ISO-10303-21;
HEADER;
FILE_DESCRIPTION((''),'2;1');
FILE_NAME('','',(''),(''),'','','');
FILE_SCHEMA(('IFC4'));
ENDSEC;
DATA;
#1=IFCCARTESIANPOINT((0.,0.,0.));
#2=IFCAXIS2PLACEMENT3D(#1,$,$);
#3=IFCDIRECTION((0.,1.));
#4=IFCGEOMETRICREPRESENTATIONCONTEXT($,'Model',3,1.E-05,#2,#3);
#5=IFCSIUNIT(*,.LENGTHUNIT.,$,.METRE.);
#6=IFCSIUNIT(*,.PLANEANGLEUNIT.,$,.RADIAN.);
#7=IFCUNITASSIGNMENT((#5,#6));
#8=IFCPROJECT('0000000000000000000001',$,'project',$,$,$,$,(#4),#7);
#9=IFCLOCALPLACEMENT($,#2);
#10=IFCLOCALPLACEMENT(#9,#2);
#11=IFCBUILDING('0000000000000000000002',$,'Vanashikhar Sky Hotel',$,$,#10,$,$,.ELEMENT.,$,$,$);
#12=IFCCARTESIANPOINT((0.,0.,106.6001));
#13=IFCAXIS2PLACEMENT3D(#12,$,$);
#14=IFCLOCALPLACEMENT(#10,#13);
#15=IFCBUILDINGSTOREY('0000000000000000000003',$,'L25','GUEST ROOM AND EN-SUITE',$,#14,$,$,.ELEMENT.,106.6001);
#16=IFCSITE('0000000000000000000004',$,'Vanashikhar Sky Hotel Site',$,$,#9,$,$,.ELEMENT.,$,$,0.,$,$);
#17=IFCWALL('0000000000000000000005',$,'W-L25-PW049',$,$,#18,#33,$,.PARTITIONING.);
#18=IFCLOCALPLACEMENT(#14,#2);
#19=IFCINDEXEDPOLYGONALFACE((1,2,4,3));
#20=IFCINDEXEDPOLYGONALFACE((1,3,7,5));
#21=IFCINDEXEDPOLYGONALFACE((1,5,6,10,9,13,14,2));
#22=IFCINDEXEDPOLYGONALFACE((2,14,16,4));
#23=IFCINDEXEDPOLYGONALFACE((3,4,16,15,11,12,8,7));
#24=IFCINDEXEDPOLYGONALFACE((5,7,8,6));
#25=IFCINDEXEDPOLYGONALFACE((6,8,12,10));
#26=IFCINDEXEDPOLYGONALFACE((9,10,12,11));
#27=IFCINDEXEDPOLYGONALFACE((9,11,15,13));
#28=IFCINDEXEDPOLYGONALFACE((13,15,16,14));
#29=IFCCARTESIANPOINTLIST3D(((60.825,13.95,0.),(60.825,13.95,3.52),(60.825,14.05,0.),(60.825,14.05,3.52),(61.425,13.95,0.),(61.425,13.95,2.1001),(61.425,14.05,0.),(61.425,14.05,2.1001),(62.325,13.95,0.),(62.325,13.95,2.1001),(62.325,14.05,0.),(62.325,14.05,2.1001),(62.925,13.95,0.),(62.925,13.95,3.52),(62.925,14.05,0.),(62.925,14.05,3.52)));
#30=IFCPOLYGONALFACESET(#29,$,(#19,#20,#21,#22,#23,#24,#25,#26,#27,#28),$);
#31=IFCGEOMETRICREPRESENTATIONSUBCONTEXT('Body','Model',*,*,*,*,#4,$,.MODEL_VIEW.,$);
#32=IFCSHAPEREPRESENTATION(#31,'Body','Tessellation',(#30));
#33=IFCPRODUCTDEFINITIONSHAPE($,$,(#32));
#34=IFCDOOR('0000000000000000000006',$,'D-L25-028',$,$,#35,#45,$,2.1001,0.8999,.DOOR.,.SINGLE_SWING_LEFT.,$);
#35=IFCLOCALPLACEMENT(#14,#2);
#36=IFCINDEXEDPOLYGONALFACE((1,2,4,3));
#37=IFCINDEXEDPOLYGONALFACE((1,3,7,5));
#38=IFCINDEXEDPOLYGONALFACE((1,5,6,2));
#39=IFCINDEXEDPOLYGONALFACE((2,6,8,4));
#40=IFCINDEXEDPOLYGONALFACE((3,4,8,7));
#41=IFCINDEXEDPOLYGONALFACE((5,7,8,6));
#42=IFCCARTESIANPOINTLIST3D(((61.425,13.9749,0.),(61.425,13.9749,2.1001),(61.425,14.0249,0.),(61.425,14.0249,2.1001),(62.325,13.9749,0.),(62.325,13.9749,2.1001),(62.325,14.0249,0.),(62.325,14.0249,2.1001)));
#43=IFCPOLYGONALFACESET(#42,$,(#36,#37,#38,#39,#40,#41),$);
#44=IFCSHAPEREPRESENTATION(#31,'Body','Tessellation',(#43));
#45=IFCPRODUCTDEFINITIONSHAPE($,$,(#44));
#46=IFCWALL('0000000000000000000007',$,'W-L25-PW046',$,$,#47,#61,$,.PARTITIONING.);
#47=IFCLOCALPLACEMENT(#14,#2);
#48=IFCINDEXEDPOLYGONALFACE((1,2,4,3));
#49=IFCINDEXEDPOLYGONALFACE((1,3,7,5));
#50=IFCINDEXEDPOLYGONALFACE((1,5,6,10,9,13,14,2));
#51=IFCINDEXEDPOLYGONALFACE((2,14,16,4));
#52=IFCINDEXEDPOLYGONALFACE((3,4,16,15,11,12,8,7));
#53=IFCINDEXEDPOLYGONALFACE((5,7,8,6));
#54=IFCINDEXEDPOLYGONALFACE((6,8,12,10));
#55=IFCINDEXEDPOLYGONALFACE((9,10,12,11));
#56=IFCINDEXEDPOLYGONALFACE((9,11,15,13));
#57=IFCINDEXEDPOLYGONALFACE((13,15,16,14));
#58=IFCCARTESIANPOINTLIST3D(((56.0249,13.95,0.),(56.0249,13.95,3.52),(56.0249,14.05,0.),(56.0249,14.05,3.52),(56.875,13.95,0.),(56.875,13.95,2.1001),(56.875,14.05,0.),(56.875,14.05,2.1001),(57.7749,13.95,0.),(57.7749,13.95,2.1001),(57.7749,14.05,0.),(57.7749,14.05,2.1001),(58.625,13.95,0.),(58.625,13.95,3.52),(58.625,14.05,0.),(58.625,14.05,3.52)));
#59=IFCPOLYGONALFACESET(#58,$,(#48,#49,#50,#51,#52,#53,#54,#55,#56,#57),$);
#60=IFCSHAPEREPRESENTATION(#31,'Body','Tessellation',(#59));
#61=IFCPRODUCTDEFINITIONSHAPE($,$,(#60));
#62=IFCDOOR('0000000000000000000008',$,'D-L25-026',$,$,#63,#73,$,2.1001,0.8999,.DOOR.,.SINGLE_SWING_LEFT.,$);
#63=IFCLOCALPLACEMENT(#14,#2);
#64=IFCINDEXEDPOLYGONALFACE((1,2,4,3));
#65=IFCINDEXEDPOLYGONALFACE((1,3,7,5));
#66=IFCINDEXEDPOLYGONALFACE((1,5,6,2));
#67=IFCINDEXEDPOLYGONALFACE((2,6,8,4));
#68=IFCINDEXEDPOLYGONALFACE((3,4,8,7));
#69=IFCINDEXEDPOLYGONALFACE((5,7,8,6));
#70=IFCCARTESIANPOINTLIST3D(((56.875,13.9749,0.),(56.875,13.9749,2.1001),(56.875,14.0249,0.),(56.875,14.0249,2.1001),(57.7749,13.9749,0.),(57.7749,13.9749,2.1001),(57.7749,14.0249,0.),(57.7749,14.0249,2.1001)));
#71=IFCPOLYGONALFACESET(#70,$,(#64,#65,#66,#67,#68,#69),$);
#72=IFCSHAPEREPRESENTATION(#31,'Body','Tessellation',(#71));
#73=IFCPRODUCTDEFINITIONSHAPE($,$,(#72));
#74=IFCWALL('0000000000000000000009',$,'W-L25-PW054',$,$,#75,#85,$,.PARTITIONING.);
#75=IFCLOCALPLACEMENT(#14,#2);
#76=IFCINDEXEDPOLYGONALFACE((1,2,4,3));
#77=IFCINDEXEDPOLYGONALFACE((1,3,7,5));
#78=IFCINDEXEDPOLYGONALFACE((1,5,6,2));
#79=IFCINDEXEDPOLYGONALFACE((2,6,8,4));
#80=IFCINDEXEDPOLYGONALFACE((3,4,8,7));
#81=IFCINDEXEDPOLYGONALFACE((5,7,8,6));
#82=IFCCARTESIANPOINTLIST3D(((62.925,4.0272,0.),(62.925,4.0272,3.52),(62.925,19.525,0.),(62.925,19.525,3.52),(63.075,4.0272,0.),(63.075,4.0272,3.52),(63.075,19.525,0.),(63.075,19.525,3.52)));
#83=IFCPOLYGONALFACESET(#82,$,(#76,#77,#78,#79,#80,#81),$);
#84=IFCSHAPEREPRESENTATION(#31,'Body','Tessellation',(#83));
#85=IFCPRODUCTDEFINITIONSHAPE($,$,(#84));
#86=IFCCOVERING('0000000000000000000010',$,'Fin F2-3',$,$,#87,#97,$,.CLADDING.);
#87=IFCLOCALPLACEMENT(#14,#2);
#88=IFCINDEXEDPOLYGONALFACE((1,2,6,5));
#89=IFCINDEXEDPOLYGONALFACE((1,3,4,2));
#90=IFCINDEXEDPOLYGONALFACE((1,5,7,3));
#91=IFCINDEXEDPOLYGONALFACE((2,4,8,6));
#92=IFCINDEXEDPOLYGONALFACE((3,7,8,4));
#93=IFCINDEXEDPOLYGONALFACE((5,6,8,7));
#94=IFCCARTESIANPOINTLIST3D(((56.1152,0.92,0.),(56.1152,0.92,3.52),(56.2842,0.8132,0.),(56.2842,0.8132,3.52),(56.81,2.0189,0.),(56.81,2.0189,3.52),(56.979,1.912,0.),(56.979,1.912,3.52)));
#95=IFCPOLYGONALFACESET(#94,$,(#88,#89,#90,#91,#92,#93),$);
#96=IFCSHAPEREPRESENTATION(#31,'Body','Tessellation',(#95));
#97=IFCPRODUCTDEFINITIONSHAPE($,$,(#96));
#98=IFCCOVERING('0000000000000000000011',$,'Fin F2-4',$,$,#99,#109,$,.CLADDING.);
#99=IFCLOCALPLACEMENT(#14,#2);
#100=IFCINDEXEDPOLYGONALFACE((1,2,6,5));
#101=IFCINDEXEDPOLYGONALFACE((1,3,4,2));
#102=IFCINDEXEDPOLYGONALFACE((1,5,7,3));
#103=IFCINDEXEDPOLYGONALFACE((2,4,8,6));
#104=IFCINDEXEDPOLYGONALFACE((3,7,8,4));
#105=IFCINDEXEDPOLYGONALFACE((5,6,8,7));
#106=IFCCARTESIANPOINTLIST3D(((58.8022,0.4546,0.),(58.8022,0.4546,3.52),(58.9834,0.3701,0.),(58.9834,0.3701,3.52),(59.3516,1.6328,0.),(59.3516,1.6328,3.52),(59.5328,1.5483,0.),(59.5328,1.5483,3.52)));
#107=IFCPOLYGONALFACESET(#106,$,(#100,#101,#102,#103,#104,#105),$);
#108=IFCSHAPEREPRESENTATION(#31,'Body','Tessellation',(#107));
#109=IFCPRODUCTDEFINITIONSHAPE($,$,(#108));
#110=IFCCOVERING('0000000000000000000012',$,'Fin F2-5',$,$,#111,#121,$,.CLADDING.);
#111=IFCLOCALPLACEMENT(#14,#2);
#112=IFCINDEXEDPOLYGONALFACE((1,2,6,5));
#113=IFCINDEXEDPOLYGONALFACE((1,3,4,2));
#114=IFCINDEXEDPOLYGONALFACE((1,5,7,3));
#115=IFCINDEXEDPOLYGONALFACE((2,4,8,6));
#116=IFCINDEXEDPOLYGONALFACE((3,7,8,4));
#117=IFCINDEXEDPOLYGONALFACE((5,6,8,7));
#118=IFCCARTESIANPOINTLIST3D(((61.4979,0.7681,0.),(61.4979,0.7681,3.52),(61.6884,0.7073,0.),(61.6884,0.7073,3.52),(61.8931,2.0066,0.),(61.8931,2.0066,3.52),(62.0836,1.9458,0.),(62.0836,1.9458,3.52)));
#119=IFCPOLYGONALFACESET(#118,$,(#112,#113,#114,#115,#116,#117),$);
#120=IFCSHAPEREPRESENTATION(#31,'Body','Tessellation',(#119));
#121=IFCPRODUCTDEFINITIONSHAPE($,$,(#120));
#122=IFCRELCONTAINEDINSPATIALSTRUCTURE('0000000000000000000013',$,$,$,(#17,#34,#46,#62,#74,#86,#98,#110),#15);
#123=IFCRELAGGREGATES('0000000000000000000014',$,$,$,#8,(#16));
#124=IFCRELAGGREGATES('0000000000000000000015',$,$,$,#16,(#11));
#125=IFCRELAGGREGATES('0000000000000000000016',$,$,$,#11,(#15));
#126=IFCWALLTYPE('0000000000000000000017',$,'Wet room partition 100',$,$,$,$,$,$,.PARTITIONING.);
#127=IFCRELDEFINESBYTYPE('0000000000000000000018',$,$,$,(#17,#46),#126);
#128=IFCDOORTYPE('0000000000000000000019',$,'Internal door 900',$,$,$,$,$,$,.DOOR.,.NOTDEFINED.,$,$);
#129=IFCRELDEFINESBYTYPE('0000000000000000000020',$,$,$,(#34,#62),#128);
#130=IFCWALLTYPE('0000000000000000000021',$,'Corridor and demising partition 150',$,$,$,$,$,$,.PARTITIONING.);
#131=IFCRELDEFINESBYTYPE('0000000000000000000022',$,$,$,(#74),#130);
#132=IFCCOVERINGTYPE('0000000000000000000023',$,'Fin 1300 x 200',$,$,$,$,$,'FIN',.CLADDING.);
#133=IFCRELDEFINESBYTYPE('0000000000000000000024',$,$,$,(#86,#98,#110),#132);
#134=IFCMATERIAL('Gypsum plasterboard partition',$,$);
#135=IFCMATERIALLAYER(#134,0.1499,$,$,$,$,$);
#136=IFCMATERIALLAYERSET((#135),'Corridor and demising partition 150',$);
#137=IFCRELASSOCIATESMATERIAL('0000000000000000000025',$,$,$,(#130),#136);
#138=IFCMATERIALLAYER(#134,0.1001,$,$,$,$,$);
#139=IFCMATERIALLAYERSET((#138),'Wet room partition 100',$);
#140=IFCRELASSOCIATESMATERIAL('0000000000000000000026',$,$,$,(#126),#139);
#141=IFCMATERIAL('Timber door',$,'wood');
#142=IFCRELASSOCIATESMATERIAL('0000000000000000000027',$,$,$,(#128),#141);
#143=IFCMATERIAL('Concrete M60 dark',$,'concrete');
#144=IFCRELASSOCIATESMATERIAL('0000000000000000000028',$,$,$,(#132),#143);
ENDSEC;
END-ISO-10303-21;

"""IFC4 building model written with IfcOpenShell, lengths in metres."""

from ifc_helpers import new_model, si_unit, direction, frame, frame_2d, origin, origin_2d, place, context, subcontext, project, spatial, rectangle, extrude, source, transform, mapped, material, layer, layer_set, material_profile, profile_set, type_object, element, fill, save


model = new_model("IFC4")

# Units and contexts
model_context = context("Model", 3, precision=1e-05, world=origin(), true_north=direction((0.0, 1.0)))
body_context = subcontext(model_context, "Body", "Model", "MODEL_VIEW")
ifc_project = project(units=[si_unit("LENGTHUNIT", "METRE"), si_unit("PLANEANGLEUNIT", "RADIAN")], contexts=[model_context])

# Site, building, storey
site_placement = place(None, origin())
site = spatial("IfcSite", under=ifc_project, at=site_placement, Name="Vanashikhar Sky Hotel Site", CompositionType="ELEMENT", RefElevation=0.0)
building_placement = place(site_placement, origin())
building = spatial("IfcBuilding", under=site, at=building_placement, Name="Vanashikhar Sky Hotel", CompositionType="ELEMENT")
storey_placement = place(building_placement, frame((0.0, 0.0, 106.6001)))
storey = spatial("IfcBuildingStorey", under=building, at=storey_placement, Name="L25", Description="GUEST ROOM AND EN-SUITE", CompositionType="ELEMENT", Elevation=106.6001)

# Shared definitions
ifc_material_1 = material(Name="Gypsum plasterboard partition")
ifc_layer_1 = layer(ifc_material_1, 0.1499)
ifc_layer_set_1 = layer_set([ifc_layer_1], Name="Corridor and demising partition 150")
wall_type_1 = type_object("IfcWallType", Name="Corridor and demising partition 150", PredefinedType="PARTITIONING", material=ifc_layer_set_1)

# Walls, openings, doors
ifc_layer_2 = layer(ifc_material_1, 0.1001)
ifc_layer_set_2 = layer_set([ifc_layer_2], Name="Wet room partition 100")
wall_type_2 = type_object("IfcWallType", Name="Wet room partition 100", PredefinedType="PARTITIONING", material=ifc_layer_set_2)
shared_shape_1 = source(origin(), body_context, "Body", "SweptSolid", [
    extrude(rectangle(XDim=2.1001, YDim=0.1001, at=frame_2d((1.05, 0.0))), origin(), (0.0, 0.0, 1.0), 3.52),
])
wall_1_placement = place(storey_placement, frame((60.825, 14.0, 0.0), z_axis=(0.0, 0.0, 1.0), x_axis=(1.0, 0.0, 0.0)))
wall_1 = element("IfcWall", 1, at=wall_1_placement, inside=storey, type_object=wall_type_2, Name="W-L25-PW049", PredefinedType="PARTITIONING", context=body_context, shape_type="MappedRepresentation", body=[
    mapped(shared_shape_1, transform((0.0, 0.0, 0.0), scale=1.0)),
])
shared_shape_2 = source(origin(), body_context, "Body", "SweptSolid", [
    extrude(rectangle(XDim=0.8999, YDim=2.1001, at=frame_2d((0.45, 1.05))), frame((0.0, 0.0601, 0.0), z_axis=(0.0, -1.0, 0.0), x_axis=(1.0, 0.0, 0.0)), (0.0, 0.0, 1.0), 0.1201),
])
opening_1_placement = place(wall_1_placement, frame((0.6001, 0.0, 0.0)))
opening_1 = element("IfcOpeningElement", 2, at=opening_1_placement, cuts=wall_1, PredefinedType="OPENING", context=body_context, shape_type="MappedRepresentation", body=[
    mapped(shared_shape_2, transform((0.0, 0.0, 0.0), scale=1.0)),
])
ifc_material_2 = material(Name="Timber door", Category="wood")
door_type = type_object("IfcDoorType", Name="Internal door 900", OperationType="NOTDEFINED", PredefinedType="DOOR", material=ifc_material_2)
shared_shape_3 = source(origin(), body_context, "Body", "SweptSolid", [
    extrude(rectangle(XDim=0.8999, YDim=2.1001, at=frame_2d((0.45, 1.05))), frame((0.0, 0.0249, 0.0), z_axis=(0.0, -1.0, 0.0), x_axis=(1.0, 0.0, 0.0)), (0.0, 0.0, 1.0), 0.05),
])
door_1_placement = place(opening_1_placement, origin())
door_1 = element("IfcDoor", 3, at=door_1_placement, inside=storey, type_object=door_type, Name="D-L25-028", OperationType="SINGLE_SWING_LEFT", OverallHeight=2.1001, OverallWidth=0.8999, PredefinedType="DOOR", context=body_context, shape_type="MappedRepresentation", body=[
    mapped(shared_shape_3, transform((0.0, 0.0, 0.0), scale=1.0)),
])
fill(opening_1, door_1)
shared_shape_4 = source(origin(), body_context, "Body", "SweptSolid", [
    extrude(rectangle(XDim=2.6001, YDim=0.1001, at=frame_2d((1.3, 0.0))), origin(), (0.0, 0.0, 1.0), 3.52),
])
wall_2_placement = place(storey_placement, frame((56.0249, 14.0, 0.0), z_axis=(0.0, 0.0, 1.0), x_axis=(1.0, 0.0, 0.0)))
wall_2 = element("IfcWall", 4, at=wall_2_placement, inside=storey, type_object=wall_type_2, Name="W-L25-PW046", PredefinedType="PARTITIONING", context=body_context, shape_type="MappedRepresentation", body=[
    mapped(shared_shape_4, transform((0.0, 0.0, 0.0), scale=1.0)),
])
opening_2_placement = place(wall_2_placement, frame((0.8501, 0.0, 0.0)))
opening_2 = element("IfcOpeningElement", 5, at=opening_2_placement, cuts=wall_2, PredefinedType="OPENING", context=body_context, shape_type="MappedRepresentation", body=[
    mapped(shared_shape_2, transform((0.0, 0.0, 0.0), scale=1.0)),
])
door_2_placement = place(opening_2_placement, origin())
door_2 = element("IfcDoor", 6, at=door_2_placement, inside=storey, type_object=door_type, Name="D-L25-026", OperationType="SINGLE_SWING_LEFT", OverallHeight=2.1001, OverallWidth=0.8999, PredefinedType="DOOR", context=body_context, shape_type="MappedRepresentation", body=[
    mapped(shared_shape_3, transform((0.0, 0.0, 0.0), scale=1.0)),
])
fill(opening_2, door_2)

# Wall
shared_shape_5 = source(origin(), body_context, "Body", "SweptSolid", [
    extrude(rectangle(XDim=15.4978, YDim=0.1499, at=frame_2d((7.749, 0.0))), origin(), (0.0, 0.0, 1.0), 3.52),
])
wall_3_placement = place(storey_placement, frame((63.0, 4.0271, 0.0), z_axis=(0.0, 0.0, 1.0), x_axis=(0.0, 1.0, 0.0)))
element("IfcWall", 7, at=wall_3_placement, inside=storey, type_object=wall_type_1, Name="W-L25-PW054", PredefinedType="PARTITIONING", context=body_context, shape_type="MappedRepresentation", body=[
    mapped(shared_shape_5, transform((0.0, 0.0, 0.0), scale=1.0)),
])

# Coverings
ifc_material_3 = material(Name="Concrete M60 dark", Category="concrete")
ifc_material_profile = material_profile(ifc_material_3, rectangle(XDim=1.3, YDim=0.2, at=origin_2d()))
ifc_profile_set = profile_set([ifc_material_profile], Name="Fin 1300 x 200")
covering_type = type_object("IfcCoveringType", Name="Fin 1300 x 200", ElementType="FIN", PredefinedType="CLADDING", material=ifc_profile_set)
shared_shape_6 = source(origin(), body_context, "Body", "SweptSolid", [
    extrude(rectangle(XDim=1.3, YDim=0.2, at=origin_2d()), origin(), (0.0, 0.0, 1.0), 3.52),
])
for number, where, z_axis, x_axis, name in (
    (8, (56.5471, 1.416, 0.0), (0.0, 0.0, 1.0), (-0.534411, -0.845225, 0.0), "Fin F2-3"),
    (9, (59.1675, 1.0015, 0.0), (0.0, 0.0, 1.0), (-0.422618, -0.906308, 0.0), "Fin F2-4"),
    (10, (61.7908, 1.3569, 0.0), (0.0, 0.0, 1.0), (-0.303967, -0.952683, 0.0), "Fin F2-5"),
):
    element("IfcCovering", number, at=place(storey_placement, frame(where, z_axis=z_axis, x_axis=x_axis)), inside=storey, type_object=covering_type, Name=name, PredefinedType="CLADDING", context=body_context, shape_type="MappedRepresentation", body=[
        mapped(shared_shape_6, transform((0.0, 0.0, 0.0), scale=1.0)),
    ])

save(model, "model.ifc")
